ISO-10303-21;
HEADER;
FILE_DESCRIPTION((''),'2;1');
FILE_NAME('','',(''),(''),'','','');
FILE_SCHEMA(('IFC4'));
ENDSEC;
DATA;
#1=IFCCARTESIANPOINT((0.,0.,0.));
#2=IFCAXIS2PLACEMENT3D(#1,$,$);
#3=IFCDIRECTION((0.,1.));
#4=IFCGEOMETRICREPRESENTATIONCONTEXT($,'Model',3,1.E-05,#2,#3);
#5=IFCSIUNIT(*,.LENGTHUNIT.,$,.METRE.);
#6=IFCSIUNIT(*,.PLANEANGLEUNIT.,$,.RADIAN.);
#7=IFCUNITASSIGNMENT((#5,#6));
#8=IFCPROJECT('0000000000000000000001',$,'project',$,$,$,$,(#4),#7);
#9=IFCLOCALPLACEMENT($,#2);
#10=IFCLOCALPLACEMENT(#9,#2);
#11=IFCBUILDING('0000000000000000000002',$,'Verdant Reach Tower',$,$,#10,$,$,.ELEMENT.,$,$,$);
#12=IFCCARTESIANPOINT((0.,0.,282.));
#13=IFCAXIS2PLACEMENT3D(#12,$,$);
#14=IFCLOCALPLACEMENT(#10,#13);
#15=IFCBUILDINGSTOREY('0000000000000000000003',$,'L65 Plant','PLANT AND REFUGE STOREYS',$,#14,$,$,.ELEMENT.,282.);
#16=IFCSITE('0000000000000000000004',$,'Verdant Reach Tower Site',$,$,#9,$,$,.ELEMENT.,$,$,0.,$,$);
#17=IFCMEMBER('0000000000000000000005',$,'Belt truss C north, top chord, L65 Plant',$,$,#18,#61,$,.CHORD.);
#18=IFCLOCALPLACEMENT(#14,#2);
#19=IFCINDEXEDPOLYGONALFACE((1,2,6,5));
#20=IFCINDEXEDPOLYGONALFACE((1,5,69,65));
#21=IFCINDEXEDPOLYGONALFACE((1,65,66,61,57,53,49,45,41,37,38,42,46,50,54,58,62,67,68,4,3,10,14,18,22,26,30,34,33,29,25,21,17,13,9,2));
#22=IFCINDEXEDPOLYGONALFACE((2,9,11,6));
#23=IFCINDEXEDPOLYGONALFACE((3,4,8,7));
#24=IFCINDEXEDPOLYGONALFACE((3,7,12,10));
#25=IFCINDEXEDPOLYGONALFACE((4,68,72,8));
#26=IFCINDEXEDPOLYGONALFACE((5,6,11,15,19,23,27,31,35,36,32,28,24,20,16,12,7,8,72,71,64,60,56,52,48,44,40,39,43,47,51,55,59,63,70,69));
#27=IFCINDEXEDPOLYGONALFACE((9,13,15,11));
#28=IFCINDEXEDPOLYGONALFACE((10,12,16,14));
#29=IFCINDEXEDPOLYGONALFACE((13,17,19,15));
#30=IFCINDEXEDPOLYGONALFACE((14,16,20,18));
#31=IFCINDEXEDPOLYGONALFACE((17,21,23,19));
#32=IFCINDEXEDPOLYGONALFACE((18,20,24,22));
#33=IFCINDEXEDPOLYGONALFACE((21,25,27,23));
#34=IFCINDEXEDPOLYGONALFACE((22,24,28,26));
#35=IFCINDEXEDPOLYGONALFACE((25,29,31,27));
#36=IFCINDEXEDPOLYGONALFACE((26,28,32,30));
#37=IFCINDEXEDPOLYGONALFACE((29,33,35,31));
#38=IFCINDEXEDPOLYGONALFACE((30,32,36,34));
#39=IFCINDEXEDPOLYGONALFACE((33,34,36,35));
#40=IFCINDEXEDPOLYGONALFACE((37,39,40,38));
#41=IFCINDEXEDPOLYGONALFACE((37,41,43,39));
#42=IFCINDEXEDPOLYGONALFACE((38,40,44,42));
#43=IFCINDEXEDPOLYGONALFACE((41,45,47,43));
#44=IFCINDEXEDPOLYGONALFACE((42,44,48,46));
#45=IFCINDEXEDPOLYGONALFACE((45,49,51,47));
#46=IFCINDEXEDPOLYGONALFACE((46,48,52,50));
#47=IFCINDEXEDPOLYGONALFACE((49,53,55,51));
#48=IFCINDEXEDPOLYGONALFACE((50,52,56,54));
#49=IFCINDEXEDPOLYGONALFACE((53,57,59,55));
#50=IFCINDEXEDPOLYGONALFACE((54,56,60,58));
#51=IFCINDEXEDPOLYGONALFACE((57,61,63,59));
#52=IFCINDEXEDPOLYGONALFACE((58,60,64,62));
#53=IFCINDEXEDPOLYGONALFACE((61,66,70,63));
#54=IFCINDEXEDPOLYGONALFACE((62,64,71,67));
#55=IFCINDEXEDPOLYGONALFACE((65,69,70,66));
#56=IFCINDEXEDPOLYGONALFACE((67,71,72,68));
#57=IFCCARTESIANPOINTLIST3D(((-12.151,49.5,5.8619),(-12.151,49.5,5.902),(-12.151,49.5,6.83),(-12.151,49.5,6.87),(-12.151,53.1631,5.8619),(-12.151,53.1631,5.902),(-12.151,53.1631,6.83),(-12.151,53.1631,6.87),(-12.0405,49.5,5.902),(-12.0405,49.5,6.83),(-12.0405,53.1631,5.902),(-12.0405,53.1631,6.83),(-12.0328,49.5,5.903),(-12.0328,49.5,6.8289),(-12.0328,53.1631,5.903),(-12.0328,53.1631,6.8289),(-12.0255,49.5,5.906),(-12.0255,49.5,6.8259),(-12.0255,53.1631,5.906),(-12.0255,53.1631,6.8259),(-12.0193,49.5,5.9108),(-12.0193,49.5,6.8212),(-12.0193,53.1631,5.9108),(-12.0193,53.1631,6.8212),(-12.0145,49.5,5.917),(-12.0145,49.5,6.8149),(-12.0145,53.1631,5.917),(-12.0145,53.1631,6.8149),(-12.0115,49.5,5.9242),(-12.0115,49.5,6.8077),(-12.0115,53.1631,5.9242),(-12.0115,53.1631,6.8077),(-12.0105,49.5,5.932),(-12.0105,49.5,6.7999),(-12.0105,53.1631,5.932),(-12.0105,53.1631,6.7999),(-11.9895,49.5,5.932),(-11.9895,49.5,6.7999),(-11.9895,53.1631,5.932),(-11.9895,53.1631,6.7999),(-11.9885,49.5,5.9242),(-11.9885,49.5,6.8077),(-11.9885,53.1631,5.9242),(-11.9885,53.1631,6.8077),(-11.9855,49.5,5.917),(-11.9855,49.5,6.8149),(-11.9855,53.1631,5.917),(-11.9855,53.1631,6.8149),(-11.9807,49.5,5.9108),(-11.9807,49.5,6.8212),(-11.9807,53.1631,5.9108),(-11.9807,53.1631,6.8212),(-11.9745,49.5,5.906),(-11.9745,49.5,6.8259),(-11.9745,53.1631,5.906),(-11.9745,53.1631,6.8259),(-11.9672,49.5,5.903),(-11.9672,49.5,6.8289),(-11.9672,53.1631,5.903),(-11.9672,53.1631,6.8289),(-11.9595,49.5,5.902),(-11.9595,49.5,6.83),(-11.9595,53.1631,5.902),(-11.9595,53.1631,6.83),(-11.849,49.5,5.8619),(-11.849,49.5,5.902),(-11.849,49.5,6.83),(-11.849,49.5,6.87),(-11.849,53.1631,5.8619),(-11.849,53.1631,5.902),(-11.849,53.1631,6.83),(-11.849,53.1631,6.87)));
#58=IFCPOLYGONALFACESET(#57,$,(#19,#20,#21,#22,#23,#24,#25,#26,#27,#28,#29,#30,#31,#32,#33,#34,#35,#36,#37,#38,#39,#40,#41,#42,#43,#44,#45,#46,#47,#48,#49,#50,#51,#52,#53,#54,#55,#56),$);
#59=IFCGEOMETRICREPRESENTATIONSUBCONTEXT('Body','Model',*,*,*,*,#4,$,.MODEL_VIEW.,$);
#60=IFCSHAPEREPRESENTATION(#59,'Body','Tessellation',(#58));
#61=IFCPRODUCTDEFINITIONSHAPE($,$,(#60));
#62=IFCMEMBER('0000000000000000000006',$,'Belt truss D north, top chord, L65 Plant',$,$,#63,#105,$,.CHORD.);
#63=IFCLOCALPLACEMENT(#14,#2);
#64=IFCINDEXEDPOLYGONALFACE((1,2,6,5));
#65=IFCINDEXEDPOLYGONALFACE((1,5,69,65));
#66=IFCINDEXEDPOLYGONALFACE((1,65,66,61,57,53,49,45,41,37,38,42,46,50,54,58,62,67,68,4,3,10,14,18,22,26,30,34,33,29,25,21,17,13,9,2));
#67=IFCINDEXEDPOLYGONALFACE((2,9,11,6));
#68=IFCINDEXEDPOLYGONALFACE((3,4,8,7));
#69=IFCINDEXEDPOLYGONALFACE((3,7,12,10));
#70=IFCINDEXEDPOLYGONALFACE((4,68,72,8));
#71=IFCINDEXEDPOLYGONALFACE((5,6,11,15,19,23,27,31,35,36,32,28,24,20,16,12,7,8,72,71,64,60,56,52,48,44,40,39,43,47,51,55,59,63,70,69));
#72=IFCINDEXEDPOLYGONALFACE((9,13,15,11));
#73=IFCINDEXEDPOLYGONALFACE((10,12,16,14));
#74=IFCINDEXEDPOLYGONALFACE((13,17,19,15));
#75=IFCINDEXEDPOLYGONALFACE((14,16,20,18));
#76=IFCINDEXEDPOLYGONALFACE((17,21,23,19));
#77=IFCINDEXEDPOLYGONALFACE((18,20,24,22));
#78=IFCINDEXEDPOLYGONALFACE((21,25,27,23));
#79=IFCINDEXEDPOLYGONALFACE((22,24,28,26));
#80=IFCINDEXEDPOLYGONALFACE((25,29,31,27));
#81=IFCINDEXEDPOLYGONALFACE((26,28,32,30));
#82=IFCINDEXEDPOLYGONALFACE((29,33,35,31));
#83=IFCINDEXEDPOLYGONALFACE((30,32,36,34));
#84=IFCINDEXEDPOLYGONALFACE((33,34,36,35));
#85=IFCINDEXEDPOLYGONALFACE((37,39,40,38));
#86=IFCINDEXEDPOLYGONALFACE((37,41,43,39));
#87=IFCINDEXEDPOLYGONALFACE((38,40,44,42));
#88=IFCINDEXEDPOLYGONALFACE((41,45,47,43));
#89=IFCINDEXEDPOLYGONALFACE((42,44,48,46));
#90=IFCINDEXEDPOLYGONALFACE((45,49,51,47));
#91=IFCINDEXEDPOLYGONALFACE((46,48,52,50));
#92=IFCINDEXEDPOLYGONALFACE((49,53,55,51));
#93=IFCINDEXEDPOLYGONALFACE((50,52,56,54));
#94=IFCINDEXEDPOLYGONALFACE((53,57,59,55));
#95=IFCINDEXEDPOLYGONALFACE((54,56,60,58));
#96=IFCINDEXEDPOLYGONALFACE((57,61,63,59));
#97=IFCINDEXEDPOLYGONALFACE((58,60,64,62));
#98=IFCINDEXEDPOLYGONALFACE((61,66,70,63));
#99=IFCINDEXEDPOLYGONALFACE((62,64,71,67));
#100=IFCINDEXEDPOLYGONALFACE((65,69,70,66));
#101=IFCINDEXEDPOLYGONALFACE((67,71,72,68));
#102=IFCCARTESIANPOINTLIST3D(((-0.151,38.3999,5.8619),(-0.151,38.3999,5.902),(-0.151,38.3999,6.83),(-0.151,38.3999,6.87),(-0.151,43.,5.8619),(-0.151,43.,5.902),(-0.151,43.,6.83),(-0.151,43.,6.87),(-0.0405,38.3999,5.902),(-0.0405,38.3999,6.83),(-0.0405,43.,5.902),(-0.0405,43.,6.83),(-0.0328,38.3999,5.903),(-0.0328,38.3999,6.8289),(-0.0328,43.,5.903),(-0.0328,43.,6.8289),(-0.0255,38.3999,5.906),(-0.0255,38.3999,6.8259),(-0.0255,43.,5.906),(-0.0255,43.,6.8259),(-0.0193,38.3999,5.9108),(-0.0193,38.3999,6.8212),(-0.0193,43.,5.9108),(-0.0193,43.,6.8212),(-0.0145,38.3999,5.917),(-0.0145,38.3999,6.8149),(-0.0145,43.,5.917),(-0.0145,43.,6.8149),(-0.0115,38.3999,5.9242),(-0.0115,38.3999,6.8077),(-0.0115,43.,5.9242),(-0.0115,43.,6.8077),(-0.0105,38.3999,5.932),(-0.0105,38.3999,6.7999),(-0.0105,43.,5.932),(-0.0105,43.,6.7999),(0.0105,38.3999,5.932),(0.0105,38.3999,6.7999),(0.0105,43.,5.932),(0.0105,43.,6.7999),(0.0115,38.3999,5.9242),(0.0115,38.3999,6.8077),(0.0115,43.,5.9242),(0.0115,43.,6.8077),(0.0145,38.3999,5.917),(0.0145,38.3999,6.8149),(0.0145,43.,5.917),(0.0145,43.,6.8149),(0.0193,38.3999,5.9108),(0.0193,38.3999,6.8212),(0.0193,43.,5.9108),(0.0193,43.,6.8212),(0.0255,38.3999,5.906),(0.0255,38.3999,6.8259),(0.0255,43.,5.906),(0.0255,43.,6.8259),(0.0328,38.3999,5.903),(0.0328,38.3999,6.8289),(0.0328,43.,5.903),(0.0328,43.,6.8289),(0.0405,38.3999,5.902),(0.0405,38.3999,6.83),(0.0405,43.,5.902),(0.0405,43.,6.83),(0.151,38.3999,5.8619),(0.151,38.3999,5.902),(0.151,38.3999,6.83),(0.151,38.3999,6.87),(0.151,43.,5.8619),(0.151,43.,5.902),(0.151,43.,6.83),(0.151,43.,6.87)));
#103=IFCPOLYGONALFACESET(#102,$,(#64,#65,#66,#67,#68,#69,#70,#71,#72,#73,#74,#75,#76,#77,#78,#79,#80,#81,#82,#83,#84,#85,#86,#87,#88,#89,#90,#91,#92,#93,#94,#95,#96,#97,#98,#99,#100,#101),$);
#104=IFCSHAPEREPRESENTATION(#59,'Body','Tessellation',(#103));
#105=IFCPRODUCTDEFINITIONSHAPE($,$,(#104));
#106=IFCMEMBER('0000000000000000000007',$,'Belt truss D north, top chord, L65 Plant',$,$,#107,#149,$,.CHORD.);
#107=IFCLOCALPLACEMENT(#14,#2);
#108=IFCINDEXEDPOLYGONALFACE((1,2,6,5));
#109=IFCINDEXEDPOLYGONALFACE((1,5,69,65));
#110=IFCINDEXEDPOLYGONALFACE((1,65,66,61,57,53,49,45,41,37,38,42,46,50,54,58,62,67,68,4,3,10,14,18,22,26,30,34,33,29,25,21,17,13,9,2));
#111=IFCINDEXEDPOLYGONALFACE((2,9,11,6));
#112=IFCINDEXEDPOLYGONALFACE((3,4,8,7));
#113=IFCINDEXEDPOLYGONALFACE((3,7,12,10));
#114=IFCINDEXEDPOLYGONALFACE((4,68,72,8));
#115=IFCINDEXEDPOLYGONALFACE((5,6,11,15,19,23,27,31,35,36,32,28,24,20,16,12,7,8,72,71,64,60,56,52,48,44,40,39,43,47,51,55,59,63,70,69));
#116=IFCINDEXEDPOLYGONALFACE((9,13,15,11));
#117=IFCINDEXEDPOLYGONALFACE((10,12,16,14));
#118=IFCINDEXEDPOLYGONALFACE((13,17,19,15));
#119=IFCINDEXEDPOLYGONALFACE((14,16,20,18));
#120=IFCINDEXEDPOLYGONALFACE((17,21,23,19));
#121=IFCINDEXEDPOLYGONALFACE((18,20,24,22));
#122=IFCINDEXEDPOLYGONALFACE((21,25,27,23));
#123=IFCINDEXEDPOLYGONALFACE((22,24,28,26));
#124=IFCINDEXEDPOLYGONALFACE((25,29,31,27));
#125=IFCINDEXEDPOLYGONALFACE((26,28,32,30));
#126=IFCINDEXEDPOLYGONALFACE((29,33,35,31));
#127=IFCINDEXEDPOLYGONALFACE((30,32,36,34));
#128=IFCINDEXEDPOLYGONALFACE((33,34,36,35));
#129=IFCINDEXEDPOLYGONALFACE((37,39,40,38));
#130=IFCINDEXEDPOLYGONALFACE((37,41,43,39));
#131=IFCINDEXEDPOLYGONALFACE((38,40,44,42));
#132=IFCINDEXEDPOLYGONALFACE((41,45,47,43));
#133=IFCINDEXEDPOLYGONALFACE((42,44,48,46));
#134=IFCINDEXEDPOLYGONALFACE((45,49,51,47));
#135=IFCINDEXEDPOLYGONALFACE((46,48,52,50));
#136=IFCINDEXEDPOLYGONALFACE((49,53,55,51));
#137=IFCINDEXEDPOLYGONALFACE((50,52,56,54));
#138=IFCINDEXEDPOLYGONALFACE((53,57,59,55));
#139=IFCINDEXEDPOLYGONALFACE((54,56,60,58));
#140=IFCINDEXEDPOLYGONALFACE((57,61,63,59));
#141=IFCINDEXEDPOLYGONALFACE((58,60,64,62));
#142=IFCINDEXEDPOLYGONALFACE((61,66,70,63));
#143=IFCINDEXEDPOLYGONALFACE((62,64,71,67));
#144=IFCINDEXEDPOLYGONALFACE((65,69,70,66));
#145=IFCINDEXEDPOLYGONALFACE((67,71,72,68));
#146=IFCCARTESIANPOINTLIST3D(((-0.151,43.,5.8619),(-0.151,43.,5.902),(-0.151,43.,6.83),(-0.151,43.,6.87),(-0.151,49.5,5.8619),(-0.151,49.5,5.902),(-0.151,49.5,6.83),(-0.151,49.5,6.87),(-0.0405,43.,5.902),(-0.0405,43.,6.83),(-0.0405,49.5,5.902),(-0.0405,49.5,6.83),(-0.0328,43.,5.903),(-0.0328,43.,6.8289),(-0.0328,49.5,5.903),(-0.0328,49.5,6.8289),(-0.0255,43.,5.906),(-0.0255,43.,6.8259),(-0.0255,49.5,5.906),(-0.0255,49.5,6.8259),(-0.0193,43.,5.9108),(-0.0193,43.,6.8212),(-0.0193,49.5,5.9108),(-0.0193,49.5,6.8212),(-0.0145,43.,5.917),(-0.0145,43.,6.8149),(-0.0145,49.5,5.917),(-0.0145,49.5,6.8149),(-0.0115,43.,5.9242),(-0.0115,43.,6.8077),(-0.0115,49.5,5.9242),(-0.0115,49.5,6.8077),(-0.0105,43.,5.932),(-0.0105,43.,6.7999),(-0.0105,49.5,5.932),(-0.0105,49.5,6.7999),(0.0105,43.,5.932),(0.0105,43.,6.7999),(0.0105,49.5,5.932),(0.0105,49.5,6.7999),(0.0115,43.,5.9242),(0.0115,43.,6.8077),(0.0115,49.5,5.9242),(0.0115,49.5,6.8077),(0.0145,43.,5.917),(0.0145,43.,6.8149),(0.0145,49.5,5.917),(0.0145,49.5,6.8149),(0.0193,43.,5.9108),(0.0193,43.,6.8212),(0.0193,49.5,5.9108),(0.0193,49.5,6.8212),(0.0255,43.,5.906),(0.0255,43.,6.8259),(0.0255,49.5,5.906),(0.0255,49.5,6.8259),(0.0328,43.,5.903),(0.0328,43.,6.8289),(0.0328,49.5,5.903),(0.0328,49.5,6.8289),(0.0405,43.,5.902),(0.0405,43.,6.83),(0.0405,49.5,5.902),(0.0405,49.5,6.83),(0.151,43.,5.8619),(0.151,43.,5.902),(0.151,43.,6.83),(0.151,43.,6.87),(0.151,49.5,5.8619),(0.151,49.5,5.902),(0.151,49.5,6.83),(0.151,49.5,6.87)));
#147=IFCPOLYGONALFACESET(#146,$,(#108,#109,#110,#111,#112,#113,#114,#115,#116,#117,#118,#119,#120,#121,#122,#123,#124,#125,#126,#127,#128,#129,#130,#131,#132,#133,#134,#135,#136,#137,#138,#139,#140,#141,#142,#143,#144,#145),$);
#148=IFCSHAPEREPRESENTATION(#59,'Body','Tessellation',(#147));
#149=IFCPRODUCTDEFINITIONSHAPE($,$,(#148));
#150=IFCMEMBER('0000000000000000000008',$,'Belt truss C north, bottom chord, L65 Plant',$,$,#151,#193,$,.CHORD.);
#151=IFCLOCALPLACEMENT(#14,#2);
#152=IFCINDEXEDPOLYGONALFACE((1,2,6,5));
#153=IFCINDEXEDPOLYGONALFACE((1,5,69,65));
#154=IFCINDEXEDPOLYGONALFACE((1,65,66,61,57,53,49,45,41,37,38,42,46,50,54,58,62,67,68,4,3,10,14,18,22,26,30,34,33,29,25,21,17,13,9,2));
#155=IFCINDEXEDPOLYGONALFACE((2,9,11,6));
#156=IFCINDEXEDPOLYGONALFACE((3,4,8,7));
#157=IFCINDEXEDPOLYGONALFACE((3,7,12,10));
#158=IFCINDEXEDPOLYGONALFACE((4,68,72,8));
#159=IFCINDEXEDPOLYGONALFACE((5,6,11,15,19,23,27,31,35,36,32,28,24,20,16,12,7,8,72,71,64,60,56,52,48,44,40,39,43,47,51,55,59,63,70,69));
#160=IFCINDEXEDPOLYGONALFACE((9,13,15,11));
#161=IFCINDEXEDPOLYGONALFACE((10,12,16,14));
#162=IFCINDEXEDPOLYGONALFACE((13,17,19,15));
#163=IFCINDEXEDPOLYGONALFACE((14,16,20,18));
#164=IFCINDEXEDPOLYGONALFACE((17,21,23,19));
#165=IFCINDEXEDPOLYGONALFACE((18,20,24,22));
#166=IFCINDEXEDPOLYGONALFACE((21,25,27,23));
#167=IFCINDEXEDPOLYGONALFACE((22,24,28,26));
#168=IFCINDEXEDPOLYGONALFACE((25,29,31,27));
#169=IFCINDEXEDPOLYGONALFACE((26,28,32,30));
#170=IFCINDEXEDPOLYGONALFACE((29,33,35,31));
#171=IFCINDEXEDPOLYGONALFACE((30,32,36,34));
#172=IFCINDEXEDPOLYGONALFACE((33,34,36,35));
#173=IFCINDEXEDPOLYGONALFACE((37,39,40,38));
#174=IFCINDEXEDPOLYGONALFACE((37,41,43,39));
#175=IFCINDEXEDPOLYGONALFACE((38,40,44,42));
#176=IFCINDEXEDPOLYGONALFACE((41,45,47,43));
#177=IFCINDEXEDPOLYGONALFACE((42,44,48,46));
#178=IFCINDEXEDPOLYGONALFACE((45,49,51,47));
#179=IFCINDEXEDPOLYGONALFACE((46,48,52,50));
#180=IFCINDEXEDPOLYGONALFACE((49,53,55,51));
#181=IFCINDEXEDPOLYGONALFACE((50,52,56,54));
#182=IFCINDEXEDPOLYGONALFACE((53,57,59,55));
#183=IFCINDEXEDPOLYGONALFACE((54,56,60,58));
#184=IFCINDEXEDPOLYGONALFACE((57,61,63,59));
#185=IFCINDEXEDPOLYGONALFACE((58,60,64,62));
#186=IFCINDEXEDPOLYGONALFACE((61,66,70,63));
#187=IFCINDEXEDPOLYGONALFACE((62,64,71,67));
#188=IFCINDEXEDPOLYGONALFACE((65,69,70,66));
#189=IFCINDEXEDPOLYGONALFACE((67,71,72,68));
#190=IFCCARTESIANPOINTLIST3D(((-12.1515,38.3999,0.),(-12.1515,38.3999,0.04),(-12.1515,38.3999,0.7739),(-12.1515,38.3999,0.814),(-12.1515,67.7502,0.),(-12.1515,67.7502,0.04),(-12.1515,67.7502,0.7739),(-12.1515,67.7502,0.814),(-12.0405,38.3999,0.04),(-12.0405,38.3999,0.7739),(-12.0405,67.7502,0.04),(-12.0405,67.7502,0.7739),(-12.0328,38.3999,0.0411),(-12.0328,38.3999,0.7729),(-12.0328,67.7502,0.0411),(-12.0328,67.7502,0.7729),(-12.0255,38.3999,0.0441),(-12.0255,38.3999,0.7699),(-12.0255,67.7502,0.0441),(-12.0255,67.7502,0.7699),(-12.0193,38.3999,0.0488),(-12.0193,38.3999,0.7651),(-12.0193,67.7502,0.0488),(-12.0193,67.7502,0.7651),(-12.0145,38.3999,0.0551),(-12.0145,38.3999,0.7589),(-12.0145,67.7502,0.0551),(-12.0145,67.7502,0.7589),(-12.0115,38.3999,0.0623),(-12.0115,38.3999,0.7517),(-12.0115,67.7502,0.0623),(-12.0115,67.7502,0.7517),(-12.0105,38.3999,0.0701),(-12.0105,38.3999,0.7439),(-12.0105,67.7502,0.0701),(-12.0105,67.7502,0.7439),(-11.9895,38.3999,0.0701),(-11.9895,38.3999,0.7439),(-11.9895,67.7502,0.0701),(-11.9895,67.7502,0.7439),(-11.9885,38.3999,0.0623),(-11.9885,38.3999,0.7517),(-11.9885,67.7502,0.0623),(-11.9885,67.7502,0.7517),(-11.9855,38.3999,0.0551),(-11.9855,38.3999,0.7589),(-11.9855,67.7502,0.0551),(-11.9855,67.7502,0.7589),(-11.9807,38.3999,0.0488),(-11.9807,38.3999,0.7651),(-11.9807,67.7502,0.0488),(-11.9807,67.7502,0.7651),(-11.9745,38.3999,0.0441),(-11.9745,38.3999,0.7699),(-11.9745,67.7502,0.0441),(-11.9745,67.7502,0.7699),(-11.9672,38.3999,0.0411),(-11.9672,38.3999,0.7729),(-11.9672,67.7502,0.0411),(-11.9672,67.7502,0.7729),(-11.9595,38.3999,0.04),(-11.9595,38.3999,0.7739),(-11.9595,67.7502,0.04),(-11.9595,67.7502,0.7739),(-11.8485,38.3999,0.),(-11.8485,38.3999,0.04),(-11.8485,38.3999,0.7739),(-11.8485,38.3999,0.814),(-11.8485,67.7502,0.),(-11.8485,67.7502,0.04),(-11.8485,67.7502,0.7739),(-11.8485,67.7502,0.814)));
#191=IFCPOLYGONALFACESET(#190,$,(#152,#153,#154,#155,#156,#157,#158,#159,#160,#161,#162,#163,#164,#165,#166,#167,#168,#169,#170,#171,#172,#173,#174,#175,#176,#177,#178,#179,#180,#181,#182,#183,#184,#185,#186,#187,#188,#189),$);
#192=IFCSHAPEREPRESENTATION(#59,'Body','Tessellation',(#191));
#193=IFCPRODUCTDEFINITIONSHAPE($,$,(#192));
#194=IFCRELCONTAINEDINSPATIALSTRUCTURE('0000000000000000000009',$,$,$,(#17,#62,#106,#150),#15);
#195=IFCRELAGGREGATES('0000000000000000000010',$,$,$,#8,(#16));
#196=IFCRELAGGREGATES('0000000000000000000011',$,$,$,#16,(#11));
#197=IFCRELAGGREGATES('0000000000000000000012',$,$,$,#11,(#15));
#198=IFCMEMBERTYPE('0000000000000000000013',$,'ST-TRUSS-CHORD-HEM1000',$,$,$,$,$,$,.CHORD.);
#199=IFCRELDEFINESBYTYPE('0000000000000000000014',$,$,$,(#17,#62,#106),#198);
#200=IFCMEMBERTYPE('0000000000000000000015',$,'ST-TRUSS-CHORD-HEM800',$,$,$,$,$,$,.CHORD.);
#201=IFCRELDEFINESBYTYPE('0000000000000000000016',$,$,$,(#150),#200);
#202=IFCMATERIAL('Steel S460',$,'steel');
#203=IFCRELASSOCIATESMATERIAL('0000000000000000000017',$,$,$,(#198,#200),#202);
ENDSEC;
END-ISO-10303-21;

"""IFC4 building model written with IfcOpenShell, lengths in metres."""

from ifc_helpers import new_model, si_unit, direction, frame, origin, origin_2d, place, context, subcontext, project, spatial, i_section, extrude, material, material_profile, profile_set, type_object, element, save


model = new_model("IFC4")

# Units and contexts
model_context = context("Model", 3, precision=1e-05, world=origin(), true_north=direction((0.0, 1.0)))
body_context = subcontext(model_context, "Body", "Model", "MODEL_VIEW")
ifc_project = project(units=[si_unit("LENGTHUNIT", "METRE"), si_unit("PLANEANGLEUNIT", "RADIAN")], contexts=[model_context])

# Site, building, storey
site_placement = place(None, origin())
site = spatial("IfcSite", under=ifc_project, at=site_placement, Name="Verdant Reach Tower Site", CompositionType="ELEMENT", RefElevation=0.0)
building_placement = place(site_placement, origin())
building = spatial("IfcBuilding", under=site, at=building_placement, Name="Verdant Reach Tower", CompositionType="ELEMENT")
storey_placement = place(building_placement, frame((0.0, 0.0, 282.0)))
storey = spatial("IfcBuildingStorey", under=building, at=storey_placement, Name="L65 Plant", Description="PLANT AND REFUGE STOREYS", CompositionType="ELEMENT", Elevation=282.0)

# Shared definitions
ifc_material_1 = material(Name="Steel S460", Category="steel")

# Members
ifc_material_profile_1 = material_profile(ifc_material_1, i_section(OverallWidth=0.302, OverallDepth=1.0081, WebThickness=0.021, FlangeThickness=0.04, FilletRadius=0.03, at=origin_2d()), Name="HEM 1000")
ifc_profile_set_1 = profile_set([ifc_material_profile_1], Name="Steel S460")
member_type_1 = type_object("IfcMemberType", Name="ST-TRUSS-CHORD-HEM1000", PredefinedType="CHORD", material=ifc_profile_set_1)
member_1_placement = place(storey_placement, frame((-12.0, 49.5, 6.366), z_axis=(0.0, 1.0, 0.0), x_axis=(-1.0, 0.0, 0.0)))
element("IfcMember", 1, at=member_1_placement, inside=storey, type_object=member_type_1, Name="Belt truss C north, top chord, L65 Plant", PredefinedType="CHORD", context=body_context, shape_type="SweptSolid", body=[
    extrude(i_section(OverallWidth=0.302, OverallDepth=1.0081, WebThickness=0.021, FlangeThickness=0.04, FilletRadius=0.03, at=origin_2d()), origin(), (0.0, 0.0, 1.0), 3.6631),
])
member_2_placement = place(storey_placement, frame((0.0, 38.3999, 6.366), z_axis=(0.0, 1.0, 0.0), x_axis=(-1.0, 0.0, 0.0)))
element("IfcMember", 2, at=member_2_placement, inside=storey, type_object=member_type_1, Name="Belt truss D north, top chord, L65 Plant", PredefinedType="CHORD", context=body_context, shape_type="SweptSolid", body=[
    extrude(i_section(OverallWidth=0.302, OverallDepth=1.0081, WebThickness=0.021, FlangeThickness=0.04, FilletRadius=0.03, at=origin_2d()), origin(), (0.0, 0.0, 1.0), 4.6001),
])
member_3_placement = place(storey_placement, frame((0.0, 43.0, 6.366), z_axis=(0.0, 1.0, 0.0), x_axis=(-1.0, 0.0, 0.0)))
element("IfcMember", 3, at=member_3_placement, inside=storey, type_object=member_type_1, Name="Belt truss D north, top chord, L65 Plant", PredefinedType="CHORD", context=body_context, shape_type="SweptSolid", body=[
    extrude(i_section(OverallWidth=0.302, OverallDepth=1.0081, WebThickness=0.021, FlangeThickness=0.04, FilletRadius=0.03, at=origin_2d()), origin(), (0.0, 0.0, 1.0), 6.5),
])
ifc_material_profile_2 = material_profile(ifc_material_1, i_section(OverallWidth=0.303, OverallDepth=0.814, WebThickness=0.021, FlangeThickness=0.04, FilletRadius=0.03, at=origin_2d()), Name="HEM 800")
ifc_profile_set_2 = profile_set([ifc_material_profile_2], Name="Steel S460")
member_type_2 = type_object("IfcMemberType", Name="ST-TRUSS-CHORD-HEM800", PredefinedType="CHORD", material=ifc_profile_set_2)
member_4_placement = place(storey_placement, frame((-12.0, 38.3999, 0.407), z_axis=(0.0, 1.0, 0.0), x_axis=(-1.0, 0.0, 0.0)))
element("IfcMember", 4, at=member_4_placement, inside=storey, type_object=member_type_2, Name="Belt truss C north, bottom chord, L65 Plant", PredefinedType="CHORD", context=body_context, shape_type="SweptSolid", body=[
    extrude(i_section(OverallWidth=0.303, OverallDepth=0.814, WebThickness=0.021, FlangeThickness=0.04, FilletRadius=0.03, at=origin_2d()), origin(), (0.0, 0.0, 1.0), 29.3503),
])

save(model, "model.ifc")
